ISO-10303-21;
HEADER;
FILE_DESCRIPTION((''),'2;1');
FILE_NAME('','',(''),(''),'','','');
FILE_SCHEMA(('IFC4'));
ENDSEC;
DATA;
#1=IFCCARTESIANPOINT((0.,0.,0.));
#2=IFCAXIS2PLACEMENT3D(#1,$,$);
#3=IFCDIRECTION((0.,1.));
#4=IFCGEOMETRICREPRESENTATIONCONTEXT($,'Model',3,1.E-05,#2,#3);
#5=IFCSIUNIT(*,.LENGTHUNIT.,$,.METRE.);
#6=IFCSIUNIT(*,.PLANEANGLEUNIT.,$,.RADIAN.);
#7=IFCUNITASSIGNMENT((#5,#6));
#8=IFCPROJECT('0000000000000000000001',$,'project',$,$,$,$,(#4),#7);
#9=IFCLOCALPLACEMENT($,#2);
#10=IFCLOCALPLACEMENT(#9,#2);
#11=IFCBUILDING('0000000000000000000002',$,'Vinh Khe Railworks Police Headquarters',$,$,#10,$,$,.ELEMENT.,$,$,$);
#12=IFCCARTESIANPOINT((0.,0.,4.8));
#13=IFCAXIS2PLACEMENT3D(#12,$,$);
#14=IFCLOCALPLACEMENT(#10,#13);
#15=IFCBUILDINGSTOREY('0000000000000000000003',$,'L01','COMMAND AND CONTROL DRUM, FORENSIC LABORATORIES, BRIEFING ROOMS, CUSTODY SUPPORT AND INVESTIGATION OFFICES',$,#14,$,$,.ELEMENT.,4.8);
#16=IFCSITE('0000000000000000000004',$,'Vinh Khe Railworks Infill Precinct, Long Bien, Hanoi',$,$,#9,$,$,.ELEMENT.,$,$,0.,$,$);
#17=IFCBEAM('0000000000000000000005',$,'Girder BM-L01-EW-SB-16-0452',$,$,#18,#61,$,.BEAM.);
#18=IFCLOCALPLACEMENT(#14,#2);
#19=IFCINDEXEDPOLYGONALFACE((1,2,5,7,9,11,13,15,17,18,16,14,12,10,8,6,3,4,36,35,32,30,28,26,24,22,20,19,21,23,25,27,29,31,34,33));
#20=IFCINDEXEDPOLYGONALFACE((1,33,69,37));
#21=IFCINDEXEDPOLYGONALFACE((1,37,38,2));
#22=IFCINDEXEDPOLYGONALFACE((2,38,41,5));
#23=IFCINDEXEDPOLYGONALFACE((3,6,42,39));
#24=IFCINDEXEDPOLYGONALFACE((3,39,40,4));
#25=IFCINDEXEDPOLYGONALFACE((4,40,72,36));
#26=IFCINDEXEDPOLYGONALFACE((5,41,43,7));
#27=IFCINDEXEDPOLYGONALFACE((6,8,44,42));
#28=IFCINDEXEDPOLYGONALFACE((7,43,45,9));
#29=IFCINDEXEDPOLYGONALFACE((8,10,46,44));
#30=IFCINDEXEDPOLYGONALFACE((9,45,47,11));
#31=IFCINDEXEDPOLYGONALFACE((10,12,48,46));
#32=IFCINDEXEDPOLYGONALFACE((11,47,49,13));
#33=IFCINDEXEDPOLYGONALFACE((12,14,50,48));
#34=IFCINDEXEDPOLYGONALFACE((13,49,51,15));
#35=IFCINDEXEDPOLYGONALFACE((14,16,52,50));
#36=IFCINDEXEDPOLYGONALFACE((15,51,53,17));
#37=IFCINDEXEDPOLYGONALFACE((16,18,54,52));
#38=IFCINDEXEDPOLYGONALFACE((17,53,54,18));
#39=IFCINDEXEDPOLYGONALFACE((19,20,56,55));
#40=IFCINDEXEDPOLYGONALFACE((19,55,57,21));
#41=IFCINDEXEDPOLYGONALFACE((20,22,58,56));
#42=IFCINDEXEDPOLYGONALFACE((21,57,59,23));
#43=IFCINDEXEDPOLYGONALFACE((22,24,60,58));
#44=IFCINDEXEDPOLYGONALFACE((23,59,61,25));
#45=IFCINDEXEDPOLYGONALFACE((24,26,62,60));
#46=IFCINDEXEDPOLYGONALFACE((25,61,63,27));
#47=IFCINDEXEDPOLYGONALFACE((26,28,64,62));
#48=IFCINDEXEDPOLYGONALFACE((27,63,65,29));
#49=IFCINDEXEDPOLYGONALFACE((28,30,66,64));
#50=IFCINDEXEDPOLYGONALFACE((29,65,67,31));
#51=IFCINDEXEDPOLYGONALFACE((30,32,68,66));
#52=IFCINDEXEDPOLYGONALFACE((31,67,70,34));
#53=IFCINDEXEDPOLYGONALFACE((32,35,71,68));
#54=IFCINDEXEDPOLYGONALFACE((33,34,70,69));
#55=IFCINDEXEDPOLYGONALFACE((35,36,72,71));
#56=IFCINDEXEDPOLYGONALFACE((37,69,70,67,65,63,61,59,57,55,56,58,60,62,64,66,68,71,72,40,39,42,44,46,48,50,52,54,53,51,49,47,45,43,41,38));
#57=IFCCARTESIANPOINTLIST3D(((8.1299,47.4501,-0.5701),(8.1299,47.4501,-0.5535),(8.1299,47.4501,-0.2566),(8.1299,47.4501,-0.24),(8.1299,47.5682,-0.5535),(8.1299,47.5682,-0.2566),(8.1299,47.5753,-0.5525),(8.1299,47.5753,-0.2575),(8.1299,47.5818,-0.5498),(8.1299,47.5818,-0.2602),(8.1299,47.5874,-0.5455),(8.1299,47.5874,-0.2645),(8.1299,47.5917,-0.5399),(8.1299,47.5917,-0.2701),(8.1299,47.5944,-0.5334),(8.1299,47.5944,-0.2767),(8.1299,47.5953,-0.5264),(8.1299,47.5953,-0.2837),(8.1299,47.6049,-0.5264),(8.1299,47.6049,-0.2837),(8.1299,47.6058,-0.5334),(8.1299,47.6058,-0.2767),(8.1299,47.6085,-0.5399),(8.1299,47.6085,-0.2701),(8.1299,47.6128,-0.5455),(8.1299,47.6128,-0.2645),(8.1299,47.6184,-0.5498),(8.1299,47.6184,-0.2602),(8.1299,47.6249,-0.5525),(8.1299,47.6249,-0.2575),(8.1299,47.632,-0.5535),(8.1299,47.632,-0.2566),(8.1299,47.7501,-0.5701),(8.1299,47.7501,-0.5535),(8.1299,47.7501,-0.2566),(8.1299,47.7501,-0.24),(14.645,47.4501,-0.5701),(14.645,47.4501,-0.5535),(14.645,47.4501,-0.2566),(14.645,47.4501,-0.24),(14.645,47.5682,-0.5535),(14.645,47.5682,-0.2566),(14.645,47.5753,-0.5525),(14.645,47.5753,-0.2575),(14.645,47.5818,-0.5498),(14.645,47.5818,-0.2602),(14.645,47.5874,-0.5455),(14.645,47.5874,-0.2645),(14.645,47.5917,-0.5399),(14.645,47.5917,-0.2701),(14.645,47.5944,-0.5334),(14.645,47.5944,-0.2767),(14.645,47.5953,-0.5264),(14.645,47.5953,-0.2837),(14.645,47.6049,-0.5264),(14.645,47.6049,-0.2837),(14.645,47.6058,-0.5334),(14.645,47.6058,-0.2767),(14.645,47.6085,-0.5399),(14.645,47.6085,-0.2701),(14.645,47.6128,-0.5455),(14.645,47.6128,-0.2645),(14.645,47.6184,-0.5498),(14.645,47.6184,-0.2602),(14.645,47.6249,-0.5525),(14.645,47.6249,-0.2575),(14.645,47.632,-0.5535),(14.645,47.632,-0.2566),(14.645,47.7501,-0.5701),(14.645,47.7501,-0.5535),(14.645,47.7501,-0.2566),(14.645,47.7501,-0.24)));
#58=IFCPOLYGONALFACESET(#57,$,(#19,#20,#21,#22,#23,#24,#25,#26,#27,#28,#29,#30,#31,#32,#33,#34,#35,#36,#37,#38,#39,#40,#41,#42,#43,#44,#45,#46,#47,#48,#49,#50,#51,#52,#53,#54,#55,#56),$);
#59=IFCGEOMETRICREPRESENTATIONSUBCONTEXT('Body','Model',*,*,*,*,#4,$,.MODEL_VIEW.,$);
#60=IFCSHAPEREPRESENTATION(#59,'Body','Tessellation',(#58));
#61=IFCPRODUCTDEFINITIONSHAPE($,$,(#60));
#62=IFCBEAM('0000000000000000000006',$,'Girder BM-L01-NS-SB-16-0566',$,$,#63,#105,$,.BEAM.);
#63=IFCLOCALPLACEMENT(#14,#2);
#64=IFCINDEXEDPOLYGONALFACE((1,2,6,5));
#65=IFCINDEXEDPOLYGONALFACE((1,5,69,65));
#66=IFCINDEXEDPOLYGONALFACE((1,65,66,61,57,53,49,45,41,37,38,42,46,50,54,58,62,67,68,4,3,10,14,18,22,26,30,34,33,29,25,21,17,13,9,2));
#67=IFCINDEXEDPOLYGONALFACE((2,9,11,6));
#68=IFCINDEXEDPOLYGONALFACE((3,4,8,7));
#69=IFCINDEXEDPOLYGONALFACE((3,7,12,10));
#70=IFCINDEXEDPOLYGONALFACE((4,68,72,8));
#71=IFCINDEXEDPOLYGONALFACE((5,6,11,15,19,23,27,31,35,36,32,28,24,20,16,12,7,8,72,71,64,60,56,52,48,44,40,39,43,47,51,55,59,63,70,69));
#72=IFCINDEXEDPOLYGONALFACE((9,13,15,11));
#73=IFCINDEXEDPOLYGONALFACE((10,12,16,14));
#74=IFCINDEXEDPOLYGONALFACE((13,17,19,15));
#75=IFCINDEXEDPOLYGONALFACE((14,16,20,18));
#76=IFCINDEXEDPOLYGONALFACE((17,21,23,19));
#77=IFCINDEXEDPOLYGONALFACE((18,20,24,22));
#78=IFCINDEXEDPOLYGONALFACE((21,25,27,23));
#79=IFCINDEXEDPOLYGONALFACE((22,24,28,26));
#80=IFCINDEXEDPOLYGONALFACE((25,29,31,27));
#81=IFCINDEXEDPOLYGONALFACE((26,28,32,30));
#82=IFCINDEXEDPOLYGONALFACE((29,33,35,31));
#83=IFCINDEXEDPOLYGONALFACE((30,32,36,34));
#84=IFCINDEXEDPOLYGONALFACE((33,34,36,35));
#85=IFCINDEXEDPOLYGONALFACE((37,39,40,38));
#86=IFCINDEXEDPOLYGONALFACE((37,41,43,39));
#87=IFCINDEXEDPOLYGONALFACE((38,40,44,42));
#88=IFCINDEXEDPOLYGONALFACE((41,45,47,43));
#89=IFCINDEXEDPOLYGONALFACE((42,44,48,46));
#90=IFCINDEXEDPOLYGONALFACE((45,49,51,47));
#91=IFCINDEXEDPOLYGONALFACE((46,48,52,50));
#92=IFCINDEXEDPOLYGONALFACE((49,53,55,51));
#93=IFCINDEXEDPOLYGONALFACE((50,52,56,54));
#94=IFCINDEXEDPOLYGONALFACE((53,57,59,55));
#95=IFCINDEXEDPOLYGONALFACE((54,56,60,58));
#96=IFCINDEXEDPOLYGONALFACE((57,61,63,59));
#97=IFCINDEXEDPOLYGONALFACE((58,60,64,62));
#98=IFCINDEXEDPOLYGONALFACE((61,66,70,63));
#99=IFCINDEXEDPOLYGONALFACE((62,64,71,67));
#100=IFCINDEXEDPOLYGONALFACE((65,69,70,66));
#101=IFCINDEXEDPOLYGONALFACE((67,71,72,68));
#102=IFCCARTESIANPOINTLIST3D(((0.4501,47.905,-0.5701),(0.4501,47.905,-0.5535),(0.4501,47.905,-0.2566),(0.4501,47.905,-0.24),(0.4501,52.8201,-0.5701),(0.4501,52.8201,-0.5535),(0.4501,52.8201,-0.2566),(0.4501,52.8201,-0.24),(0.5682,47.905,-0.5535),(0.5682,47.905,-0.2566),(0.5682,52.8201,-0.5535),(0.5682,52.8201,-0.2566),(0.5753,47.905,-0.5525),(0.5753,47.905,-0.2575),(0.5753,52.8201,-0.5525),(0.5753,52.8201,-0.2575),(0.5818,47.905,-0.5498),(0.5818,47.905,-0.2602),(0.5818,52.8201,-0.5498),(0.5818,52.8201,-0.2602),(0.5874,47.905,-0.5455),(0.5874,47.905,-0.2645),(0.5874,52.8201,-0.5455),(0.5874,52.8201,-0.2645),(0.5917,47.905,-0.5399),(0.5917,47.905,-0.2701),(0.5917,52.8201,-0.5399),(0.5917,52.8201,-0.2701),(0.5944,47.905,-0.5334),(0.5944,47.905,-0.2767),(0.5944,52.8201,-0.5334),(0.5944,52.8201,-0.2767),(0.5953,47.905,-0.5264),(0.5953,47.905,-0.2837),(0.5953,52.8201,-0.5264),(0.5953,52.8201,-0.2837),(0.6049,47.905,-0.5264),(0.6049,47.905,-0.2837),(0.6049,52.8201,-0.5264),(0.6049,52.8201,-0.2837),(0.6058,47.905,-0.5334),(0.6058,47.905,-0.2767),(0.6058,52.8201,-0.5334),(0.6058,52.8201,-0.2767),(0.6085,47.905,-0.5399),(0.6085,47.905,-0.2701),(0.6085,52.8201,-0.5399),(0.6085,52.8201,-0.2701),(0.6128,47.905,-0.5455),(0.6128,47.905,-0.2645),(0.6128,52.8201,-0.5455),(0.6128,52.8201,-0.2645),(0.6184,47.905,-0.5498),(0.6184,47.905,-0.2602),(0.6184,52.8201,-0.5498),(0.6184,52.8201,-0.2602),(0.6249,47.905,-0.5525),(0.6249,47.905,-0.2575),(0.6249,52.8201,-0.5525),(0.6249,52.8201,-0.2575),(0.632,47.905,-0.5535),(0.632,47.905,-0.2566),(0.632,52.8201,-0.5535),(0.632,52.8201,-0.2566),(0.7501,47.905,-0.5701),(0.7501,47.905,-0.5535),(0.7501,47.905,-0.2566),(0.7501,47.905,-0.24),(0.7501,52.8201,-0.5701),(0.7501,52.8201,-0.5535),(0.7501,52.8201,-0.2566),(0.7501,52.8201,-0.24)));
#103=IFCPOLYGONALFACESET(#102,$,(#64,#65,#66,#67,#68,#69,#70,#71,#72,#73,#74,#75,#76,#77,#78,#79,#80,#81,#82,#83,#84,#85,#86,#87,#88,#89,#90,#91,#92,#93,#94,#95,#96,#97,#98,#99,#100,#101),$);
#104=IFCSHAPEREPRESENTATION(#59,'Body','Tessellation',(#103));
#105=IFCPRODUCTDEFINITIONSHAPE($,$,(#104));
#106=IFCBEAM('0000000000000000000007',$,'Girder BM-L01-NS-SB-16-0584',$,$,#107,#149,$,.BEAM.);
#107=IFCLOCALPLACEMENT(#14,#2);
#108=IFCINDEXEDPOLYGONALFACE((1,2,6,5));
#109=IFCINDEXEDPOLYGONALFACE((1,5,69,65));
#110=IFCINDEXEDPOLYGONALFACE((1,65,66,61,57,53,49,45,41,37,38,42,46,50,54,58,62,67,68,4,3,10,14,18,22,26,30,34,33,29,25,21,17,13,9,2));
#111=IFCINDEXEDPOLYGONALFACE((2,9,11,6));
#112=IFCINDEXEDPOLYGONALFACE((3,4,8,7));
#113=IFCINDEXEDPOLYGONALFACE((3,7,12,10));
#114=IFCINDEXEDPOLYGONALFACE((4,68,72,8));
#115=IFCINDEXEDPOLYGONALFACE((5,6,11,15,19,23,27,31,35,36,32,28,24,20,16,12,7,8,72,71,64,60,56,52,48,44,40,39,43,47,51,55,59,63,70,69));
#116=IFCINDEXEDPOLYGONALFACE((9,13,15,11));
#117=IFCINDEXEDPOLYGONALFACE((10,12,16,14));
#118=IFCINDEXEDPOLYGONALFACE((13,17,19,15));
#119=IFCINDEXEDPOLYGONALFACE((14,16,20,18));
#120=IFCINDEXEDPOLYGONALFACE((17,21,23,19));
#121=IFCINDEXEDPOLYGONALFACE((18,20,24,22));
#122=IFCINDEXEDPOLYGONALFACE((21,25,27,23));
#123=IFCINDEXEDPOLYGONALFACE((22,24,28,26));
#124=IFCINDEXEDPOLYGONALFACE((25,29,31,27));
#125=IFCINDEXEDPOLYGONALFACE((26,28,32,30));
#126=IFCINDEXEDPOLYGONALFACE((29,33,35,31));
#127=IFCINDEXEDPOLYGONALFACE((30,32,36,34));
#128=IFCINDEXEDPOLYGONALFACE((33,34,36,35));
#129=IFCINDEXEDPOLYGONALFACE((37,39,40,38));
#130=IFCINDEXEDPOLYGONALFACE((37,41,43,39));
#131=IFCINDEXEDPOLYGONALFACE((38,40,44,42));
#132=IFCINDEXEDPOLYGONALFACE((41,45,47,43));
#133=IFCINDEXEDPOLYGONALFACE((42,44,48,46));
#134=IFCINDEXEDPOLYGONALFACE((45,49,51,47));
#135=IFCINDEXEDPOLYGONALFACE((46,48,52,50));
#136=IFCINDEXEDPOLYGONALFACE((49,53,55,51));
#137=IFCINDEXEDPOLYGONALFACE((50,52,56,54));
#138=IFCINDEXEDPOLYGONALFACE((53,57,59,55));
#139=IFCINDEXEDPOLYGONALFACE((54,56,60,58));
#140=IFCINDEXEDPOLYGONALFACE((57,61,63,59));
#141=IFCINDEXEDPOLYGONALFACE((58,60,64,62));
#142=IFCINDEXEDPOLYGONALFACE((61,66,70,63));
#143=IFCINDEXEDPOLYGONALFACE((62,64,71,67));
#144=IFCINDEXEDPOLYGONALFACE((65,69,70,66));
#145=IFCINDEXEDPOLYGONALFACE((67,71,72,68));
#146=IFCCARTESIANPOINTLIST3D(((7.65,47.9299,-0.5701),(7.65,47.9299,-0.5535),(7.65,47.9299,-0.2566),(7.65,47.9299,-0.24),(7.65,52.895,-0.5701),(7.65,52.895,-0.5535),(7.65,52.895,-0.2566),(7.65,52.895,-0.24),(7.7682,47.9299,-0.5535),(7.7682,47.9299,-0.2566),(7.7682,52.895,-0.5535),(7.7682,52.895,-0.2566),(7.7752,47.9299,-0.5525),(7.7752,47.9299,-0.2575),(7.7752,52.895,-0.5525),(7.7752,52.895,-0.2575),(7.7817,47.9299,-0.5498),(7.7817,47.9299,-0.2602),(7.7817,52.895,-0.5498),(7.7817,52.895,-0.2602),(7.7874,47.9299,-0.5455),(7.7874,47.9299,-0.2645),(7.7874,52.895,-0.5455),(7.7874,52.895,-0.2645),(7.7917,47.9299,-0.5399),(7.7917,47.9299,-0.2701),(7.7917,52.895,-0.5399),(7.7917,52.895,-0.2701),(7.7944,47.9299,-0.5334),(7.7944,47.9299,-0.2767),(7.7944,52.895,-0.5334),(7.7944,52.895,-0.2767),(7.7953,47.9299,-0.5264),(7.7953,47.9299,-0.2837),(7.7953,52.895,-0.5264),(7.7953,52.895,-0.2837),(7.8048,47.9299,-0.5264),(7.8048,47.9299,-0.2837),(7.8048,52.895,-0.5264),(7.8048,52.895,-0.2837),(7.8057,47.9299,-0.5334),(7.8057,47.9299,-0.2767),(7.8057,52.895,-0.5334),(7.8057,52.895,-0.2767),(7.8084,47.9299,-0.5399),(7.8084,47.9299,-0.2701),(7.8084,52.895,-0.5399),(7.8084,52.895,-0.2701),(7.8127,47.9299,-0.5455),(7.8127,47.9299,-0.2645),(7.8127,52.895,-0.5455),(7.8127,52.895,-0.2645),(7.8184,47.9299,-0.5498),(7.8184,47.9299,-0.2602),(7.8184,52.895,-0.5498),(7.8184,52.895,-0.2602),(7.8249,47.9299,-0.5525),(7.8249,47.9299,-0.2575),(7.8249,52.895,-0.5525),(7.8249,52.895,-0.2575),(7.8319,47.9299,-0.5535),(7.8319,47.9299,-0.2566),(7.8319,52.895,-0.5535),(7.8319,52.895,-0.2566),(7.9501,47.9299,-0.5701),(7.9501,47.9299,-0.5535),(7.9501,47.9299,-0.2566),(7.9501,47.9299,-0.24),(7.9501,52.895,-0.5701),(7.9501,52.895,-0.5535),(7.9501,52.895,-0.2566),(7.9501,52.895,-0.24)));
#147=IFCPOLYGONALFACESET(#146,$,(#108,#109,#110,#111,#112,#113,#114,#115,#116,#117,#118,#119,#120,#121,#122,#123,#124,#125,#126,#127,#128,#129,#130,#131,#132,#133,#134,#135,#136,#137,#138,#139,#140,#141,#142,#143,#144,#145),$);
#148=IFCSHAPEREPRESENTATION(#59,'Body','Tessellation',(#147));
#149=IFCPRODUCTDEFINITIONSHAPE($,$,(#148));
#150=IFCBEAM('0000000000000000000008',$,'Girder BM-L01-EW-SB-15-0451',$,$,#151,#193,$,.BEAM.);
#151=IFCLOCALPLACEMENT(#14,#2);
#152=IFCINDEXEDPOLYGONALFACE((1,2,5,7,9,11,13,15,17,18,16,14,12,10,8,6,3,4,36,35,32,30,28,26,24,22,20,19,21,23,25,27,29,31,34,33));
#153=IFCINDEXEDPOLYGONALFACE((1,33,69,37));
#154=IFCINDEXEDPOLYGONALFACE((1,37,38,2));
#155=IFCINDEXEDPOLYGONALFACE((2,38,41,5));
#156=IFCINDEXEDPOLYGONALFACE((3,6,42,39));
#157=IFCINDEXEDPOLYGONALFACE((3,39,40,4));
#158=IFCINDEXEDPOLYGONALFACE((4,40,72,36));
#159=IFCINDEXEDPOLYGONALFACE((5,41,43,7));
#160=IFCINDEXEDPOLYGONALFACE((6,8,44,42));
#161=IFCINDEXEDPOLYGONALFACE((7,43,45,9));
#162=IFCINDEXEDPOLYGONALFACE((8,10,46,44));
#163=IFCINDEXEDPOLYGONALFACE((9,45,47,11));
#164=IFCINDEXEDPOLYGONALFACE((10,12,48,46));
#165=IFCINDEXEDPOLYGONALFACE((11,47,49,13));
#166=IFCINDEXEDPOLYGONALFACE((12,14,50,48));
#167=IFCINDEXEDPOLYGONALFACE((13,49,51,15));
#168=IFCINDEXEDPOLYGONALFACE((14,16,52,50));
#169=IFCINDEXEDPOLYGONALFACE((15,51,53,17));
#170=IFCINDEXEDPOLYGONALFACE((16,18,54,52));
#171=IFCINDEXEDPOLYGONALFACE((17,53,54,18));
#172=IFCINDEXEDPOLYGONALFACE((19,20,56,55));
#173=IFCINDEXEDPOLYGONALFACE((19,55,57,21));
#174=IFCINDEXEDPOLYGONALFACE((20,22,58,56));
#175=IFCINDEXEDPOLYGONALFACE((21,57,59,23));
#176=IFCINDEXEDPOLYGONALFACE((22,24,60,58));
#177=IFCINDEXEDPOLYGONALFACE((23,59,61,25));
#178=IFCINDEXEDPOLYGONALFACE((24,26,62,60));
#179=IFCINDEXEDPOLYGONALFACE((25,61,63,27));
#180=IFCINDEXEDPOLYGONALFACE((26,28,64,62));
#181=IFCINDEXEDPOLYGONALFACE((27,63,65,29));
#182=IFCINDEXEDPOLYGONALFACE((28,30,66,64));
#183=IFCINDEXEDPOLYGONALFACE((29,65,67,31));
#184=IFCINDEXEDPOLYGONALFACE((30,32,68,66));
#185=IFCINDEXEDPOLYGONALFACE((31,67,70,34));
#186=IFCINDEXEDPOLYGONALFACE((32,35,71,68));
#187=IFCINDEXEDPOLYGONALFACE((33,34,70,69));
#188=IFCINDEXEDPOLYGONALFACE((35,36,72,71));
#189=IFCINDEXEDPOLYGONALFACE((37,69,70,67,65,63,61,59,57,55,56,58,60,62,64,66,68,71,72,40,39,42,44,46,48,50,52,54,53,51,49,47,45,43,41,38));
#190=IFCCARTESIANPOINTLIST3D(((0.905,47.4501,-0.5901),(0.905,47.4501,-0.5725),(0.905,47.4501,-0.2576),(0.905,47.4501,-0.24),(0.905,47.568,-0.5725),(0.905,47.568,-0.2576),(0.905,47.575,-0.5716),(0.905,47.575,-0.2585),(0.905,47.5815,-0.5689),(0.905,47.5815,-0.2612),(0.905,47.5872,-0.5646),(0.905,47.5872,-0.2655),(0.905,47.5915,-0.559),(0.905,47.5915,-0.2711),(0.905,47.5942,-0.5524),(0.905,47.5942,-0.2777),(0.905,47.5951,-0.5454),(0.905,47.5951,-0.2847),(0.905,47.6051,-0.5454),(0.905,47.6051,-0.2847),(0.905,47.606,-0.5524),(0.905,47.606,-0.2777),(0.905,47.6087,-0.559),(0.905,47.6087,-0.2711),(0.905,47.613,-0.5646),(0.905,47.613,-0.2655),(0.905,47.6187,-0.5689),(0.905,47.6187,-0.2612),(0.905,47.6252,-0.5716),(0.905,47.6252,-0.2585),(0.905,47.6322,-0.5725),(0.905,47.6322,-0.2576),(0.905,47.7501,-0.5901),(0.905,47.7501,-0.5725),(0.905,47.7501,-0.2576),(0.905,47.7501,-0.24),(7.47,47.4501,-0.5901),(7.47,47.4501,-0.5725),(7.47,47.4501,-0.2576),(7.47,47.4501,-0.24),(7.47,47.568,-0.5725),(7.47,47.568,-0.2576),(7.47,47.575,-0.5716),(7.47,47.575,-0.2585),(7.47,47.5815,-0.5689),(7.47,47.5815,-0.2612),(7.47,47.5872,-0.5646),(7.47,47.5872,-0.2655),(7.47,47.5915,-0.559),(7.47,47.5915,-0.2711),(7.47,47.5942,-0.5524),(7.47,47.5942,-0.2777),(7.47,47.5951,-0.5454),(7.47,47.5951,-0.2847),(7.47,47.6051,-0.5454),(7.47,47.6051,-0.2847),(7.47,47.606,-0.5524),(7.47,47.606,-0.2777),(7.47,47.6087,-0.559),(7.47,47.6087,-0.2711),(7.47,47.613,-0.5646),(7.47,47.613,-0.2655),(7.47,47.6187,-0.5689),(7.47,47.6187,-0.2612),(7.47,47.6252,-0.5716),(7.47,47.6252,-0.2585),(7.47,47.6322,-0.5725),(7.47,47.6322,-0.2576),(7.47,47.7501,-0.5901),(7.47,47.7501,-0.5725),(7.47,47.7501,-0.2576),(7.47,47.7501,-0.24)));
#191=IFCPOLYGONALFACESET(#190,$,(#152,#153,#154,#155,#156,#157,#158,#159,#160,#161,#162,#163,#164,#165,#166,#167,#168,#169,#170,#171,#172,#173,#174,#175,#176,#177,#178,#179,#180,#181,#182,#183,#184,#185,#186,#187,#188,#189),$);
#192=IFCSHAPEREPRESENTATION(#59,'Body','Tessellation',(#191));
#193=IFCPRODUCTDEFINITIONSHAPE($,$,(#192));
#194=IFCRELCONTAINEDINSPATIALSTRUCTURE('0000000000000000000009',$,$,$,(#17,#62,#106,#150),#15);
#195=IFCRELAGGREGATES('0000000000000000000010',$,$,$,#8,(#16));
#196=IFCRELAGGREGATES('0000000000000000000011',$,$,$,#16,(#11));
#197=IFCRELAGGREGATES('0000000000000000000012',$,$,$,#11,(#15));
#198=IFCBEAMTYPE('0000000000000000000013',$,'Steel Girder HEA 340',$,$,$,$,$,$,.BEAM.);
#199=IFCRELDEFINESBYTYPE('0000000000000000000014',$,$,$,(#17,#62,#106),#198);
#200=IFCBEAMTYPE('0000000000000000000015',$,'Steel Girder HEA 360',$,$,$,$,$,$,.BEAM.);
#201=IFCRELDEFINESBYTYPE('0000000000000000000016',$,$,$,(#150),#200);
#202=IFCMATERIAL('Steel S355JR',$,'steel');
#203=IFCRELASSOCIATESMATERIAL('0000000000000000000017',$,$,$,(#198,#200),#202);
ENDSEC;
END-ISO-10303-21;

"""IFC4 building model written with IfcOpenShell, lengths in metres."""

from ifc_helpers import new_model, si_unit, direction, frame, origin, origin_2d, place, context, subcontext, project, spatial, i_section, extrude, material, material_profile, profile_set, type_object, element, save


model = new_model("IFC4")

# Units and contexts
model_context = context("Model", 3, precision=1e-05, world=origin(), true_north=direction((0.0, 1.0)))
body_context = subcontext(model_context, "Body", "Model", "MODEL_VIEW")
ifc_project = project(units=[si_unit("LENGTHUNIT", "METRE"), si_unit("PLANEANGLEUNIT", "RADIAN")], contexts=[model_context])

# Site, building, storey
site_placement = place(None, origin())
site = spatial("IfcSite", under=ifc_project, at=site_placement, Name="Vinh Khe Railworks Infill Precinct, Long Bien, Hanoi", CompositionType="ELEMENT", RefElevation=0.0)
building_placement = place(site_placement, origin())
building = spatial("IfcBuilding", under=site, at=building_placement, Name="Vinh Khe Railworks Police Headquarters", CompositionType="ELEMENT")
storey_placement = place(building_placement, frame((0.0, 0.0, 4.8)))
storey = spatial("IfcBuildingStorey", under=building, at=storey_placement, Name="L01", Description="COMMAND AND CONTROL DRUM, FORENSIC LABORATORIES, BRIEFING ROOMS, CUSTODY SUPPORT AND INVESTIGATION OFFICES", CompositionType="ELEMENT", Elevation=4.8)

# Beams
ifc_material_1 = material(Name="Steel S355JR", Category="steel")
ifc_material_profile_1 = material_profile(ifc_material_1, i_section(OverallWidth=0.3, OverallDepth=0.3301, WebThickness=0.0095, FlangeThickness=0.0166, FilletRadius=0.0271, at=origin_2d()), Name="HEA 340")
ifc_profile_set_1 = profile_set([ifc_material_profile_1], Name="Steel S355JR")
beam_type_1 = type_object("IfcBeamType", Name="Steel Girder HEA 340", PredefinedType="BEAM", material=ifc_profile_set_1)
beam_1_placement = place(storey_placement, frame((8.1299, 47.6001, -0.405), z_axis=(1.0, 0.0, 0.0), x_axis=(0.0, 1.0, 0.0)))
element("IfcBeam", 1, at=beam_1_placement, inside=storey, type_object=beam_type_1, Name="Girder BM-L01-EW-SB-16-0452", PredefinedType="BEAM", context=body_context, shape_type="SweptSolid", body=[
    extrude(i_section(OverallWidth=0.3, OverallDepth=0.3301, WebThickness=0.0095, FlangeThickness=0.0166, FilletRadius=0.0271, at=origin_2d()), origin(), (0.0, 0.0, 1.0), 6.5151),
])
beam_2_placement = place(storey_placement, frame((0.6001, 47.905, -0.405), z_axis=(0.0, 1.0, 0.0), x_axis=(-1.0, 0.0, 0.0)))
element("IfcBeam", 2, at=beam_2_placement, inside=storey, type_object=beam_type_1, Name="Girder BM-L01-NS-SB-16-0566", PredefinedType="BEAM", context=body_context, shape_type="SweptSolid", body=[
    extrude(i_section(OverallWidth=0.3, OverallDepth=0.3301, WebThickness=0.0095, FlangeThickness=0.0166, FilletRadius=0.0271, at=origin_2d()), origin(), (0.0, 0.0, 1.0), 4.915),
])
beam_3_placement = place(storey_placement, frame((7.8, 47.9299, -0.405), z_axis=(0.0, 1.0, 0.0), x_axis=(-1.0, 0.0, 0.0)))
element("IfcBeam", 3, at=beam_3_placement, inside=storey, type_object=beam_type_1, Name="Girder BM-L01-NS-SB-16-0584", PredefinedType="BEAM", context=body_context, shape_type="SweptSolid", body=[
    extrude(i_section(OverallWidth=0.3, OverallDepth=0.3301, WebThickness=0.0095, FlangeThickness=0.0166, FilletRadius=0.0271, at=origin_2d()), origin(), (0.0, 0.0, 1.0), 4.9651),
])
ifc_material_profile_2 = material_profile(ifc_material_1, i_section(OverallWidth=0.3, OverallDepth=0.3501, WebThickness=0.01, FlangeThickness=0.0176, FilletRadius=0.0271, at=origin_2d()), Name="HEA 360")
ifc_profile_set_2 = profile_set([ifc_material_profile_2], Name="Steel S355JR")
beam_type_2 = type_object("IfcBeamType", Name="Steel Girder HEA 360", PredefinedType="BEAM", material=ifc_profile_set_2)
beam_4_placement = place(storey_placement, frame((0.905, 47.6001, -0.415), z_axis=(1.0, 0.0, 0.0), x_axis=(0.0, 1.0, 0.0)))
element("IfcBeam", 4, at=beam_4_placement, inside=storey, type_object=beam_type_2, Name="Girder BM-L01-EW-SB-15-0451", PredefinedType="BEAM", context=body_context, shape_type="SweptSolid", body=[
    extrude(i_section(OverallWidth=0.3, OverallDepth=0.3501, WebThickness=0.01, FlangeThickness=0.0176, FilletRadius=0.0271, at=origin_2d()), origin(), (0.0, 0.0, 1.0), 6.5649),
])

save(model, "model.ifc")
